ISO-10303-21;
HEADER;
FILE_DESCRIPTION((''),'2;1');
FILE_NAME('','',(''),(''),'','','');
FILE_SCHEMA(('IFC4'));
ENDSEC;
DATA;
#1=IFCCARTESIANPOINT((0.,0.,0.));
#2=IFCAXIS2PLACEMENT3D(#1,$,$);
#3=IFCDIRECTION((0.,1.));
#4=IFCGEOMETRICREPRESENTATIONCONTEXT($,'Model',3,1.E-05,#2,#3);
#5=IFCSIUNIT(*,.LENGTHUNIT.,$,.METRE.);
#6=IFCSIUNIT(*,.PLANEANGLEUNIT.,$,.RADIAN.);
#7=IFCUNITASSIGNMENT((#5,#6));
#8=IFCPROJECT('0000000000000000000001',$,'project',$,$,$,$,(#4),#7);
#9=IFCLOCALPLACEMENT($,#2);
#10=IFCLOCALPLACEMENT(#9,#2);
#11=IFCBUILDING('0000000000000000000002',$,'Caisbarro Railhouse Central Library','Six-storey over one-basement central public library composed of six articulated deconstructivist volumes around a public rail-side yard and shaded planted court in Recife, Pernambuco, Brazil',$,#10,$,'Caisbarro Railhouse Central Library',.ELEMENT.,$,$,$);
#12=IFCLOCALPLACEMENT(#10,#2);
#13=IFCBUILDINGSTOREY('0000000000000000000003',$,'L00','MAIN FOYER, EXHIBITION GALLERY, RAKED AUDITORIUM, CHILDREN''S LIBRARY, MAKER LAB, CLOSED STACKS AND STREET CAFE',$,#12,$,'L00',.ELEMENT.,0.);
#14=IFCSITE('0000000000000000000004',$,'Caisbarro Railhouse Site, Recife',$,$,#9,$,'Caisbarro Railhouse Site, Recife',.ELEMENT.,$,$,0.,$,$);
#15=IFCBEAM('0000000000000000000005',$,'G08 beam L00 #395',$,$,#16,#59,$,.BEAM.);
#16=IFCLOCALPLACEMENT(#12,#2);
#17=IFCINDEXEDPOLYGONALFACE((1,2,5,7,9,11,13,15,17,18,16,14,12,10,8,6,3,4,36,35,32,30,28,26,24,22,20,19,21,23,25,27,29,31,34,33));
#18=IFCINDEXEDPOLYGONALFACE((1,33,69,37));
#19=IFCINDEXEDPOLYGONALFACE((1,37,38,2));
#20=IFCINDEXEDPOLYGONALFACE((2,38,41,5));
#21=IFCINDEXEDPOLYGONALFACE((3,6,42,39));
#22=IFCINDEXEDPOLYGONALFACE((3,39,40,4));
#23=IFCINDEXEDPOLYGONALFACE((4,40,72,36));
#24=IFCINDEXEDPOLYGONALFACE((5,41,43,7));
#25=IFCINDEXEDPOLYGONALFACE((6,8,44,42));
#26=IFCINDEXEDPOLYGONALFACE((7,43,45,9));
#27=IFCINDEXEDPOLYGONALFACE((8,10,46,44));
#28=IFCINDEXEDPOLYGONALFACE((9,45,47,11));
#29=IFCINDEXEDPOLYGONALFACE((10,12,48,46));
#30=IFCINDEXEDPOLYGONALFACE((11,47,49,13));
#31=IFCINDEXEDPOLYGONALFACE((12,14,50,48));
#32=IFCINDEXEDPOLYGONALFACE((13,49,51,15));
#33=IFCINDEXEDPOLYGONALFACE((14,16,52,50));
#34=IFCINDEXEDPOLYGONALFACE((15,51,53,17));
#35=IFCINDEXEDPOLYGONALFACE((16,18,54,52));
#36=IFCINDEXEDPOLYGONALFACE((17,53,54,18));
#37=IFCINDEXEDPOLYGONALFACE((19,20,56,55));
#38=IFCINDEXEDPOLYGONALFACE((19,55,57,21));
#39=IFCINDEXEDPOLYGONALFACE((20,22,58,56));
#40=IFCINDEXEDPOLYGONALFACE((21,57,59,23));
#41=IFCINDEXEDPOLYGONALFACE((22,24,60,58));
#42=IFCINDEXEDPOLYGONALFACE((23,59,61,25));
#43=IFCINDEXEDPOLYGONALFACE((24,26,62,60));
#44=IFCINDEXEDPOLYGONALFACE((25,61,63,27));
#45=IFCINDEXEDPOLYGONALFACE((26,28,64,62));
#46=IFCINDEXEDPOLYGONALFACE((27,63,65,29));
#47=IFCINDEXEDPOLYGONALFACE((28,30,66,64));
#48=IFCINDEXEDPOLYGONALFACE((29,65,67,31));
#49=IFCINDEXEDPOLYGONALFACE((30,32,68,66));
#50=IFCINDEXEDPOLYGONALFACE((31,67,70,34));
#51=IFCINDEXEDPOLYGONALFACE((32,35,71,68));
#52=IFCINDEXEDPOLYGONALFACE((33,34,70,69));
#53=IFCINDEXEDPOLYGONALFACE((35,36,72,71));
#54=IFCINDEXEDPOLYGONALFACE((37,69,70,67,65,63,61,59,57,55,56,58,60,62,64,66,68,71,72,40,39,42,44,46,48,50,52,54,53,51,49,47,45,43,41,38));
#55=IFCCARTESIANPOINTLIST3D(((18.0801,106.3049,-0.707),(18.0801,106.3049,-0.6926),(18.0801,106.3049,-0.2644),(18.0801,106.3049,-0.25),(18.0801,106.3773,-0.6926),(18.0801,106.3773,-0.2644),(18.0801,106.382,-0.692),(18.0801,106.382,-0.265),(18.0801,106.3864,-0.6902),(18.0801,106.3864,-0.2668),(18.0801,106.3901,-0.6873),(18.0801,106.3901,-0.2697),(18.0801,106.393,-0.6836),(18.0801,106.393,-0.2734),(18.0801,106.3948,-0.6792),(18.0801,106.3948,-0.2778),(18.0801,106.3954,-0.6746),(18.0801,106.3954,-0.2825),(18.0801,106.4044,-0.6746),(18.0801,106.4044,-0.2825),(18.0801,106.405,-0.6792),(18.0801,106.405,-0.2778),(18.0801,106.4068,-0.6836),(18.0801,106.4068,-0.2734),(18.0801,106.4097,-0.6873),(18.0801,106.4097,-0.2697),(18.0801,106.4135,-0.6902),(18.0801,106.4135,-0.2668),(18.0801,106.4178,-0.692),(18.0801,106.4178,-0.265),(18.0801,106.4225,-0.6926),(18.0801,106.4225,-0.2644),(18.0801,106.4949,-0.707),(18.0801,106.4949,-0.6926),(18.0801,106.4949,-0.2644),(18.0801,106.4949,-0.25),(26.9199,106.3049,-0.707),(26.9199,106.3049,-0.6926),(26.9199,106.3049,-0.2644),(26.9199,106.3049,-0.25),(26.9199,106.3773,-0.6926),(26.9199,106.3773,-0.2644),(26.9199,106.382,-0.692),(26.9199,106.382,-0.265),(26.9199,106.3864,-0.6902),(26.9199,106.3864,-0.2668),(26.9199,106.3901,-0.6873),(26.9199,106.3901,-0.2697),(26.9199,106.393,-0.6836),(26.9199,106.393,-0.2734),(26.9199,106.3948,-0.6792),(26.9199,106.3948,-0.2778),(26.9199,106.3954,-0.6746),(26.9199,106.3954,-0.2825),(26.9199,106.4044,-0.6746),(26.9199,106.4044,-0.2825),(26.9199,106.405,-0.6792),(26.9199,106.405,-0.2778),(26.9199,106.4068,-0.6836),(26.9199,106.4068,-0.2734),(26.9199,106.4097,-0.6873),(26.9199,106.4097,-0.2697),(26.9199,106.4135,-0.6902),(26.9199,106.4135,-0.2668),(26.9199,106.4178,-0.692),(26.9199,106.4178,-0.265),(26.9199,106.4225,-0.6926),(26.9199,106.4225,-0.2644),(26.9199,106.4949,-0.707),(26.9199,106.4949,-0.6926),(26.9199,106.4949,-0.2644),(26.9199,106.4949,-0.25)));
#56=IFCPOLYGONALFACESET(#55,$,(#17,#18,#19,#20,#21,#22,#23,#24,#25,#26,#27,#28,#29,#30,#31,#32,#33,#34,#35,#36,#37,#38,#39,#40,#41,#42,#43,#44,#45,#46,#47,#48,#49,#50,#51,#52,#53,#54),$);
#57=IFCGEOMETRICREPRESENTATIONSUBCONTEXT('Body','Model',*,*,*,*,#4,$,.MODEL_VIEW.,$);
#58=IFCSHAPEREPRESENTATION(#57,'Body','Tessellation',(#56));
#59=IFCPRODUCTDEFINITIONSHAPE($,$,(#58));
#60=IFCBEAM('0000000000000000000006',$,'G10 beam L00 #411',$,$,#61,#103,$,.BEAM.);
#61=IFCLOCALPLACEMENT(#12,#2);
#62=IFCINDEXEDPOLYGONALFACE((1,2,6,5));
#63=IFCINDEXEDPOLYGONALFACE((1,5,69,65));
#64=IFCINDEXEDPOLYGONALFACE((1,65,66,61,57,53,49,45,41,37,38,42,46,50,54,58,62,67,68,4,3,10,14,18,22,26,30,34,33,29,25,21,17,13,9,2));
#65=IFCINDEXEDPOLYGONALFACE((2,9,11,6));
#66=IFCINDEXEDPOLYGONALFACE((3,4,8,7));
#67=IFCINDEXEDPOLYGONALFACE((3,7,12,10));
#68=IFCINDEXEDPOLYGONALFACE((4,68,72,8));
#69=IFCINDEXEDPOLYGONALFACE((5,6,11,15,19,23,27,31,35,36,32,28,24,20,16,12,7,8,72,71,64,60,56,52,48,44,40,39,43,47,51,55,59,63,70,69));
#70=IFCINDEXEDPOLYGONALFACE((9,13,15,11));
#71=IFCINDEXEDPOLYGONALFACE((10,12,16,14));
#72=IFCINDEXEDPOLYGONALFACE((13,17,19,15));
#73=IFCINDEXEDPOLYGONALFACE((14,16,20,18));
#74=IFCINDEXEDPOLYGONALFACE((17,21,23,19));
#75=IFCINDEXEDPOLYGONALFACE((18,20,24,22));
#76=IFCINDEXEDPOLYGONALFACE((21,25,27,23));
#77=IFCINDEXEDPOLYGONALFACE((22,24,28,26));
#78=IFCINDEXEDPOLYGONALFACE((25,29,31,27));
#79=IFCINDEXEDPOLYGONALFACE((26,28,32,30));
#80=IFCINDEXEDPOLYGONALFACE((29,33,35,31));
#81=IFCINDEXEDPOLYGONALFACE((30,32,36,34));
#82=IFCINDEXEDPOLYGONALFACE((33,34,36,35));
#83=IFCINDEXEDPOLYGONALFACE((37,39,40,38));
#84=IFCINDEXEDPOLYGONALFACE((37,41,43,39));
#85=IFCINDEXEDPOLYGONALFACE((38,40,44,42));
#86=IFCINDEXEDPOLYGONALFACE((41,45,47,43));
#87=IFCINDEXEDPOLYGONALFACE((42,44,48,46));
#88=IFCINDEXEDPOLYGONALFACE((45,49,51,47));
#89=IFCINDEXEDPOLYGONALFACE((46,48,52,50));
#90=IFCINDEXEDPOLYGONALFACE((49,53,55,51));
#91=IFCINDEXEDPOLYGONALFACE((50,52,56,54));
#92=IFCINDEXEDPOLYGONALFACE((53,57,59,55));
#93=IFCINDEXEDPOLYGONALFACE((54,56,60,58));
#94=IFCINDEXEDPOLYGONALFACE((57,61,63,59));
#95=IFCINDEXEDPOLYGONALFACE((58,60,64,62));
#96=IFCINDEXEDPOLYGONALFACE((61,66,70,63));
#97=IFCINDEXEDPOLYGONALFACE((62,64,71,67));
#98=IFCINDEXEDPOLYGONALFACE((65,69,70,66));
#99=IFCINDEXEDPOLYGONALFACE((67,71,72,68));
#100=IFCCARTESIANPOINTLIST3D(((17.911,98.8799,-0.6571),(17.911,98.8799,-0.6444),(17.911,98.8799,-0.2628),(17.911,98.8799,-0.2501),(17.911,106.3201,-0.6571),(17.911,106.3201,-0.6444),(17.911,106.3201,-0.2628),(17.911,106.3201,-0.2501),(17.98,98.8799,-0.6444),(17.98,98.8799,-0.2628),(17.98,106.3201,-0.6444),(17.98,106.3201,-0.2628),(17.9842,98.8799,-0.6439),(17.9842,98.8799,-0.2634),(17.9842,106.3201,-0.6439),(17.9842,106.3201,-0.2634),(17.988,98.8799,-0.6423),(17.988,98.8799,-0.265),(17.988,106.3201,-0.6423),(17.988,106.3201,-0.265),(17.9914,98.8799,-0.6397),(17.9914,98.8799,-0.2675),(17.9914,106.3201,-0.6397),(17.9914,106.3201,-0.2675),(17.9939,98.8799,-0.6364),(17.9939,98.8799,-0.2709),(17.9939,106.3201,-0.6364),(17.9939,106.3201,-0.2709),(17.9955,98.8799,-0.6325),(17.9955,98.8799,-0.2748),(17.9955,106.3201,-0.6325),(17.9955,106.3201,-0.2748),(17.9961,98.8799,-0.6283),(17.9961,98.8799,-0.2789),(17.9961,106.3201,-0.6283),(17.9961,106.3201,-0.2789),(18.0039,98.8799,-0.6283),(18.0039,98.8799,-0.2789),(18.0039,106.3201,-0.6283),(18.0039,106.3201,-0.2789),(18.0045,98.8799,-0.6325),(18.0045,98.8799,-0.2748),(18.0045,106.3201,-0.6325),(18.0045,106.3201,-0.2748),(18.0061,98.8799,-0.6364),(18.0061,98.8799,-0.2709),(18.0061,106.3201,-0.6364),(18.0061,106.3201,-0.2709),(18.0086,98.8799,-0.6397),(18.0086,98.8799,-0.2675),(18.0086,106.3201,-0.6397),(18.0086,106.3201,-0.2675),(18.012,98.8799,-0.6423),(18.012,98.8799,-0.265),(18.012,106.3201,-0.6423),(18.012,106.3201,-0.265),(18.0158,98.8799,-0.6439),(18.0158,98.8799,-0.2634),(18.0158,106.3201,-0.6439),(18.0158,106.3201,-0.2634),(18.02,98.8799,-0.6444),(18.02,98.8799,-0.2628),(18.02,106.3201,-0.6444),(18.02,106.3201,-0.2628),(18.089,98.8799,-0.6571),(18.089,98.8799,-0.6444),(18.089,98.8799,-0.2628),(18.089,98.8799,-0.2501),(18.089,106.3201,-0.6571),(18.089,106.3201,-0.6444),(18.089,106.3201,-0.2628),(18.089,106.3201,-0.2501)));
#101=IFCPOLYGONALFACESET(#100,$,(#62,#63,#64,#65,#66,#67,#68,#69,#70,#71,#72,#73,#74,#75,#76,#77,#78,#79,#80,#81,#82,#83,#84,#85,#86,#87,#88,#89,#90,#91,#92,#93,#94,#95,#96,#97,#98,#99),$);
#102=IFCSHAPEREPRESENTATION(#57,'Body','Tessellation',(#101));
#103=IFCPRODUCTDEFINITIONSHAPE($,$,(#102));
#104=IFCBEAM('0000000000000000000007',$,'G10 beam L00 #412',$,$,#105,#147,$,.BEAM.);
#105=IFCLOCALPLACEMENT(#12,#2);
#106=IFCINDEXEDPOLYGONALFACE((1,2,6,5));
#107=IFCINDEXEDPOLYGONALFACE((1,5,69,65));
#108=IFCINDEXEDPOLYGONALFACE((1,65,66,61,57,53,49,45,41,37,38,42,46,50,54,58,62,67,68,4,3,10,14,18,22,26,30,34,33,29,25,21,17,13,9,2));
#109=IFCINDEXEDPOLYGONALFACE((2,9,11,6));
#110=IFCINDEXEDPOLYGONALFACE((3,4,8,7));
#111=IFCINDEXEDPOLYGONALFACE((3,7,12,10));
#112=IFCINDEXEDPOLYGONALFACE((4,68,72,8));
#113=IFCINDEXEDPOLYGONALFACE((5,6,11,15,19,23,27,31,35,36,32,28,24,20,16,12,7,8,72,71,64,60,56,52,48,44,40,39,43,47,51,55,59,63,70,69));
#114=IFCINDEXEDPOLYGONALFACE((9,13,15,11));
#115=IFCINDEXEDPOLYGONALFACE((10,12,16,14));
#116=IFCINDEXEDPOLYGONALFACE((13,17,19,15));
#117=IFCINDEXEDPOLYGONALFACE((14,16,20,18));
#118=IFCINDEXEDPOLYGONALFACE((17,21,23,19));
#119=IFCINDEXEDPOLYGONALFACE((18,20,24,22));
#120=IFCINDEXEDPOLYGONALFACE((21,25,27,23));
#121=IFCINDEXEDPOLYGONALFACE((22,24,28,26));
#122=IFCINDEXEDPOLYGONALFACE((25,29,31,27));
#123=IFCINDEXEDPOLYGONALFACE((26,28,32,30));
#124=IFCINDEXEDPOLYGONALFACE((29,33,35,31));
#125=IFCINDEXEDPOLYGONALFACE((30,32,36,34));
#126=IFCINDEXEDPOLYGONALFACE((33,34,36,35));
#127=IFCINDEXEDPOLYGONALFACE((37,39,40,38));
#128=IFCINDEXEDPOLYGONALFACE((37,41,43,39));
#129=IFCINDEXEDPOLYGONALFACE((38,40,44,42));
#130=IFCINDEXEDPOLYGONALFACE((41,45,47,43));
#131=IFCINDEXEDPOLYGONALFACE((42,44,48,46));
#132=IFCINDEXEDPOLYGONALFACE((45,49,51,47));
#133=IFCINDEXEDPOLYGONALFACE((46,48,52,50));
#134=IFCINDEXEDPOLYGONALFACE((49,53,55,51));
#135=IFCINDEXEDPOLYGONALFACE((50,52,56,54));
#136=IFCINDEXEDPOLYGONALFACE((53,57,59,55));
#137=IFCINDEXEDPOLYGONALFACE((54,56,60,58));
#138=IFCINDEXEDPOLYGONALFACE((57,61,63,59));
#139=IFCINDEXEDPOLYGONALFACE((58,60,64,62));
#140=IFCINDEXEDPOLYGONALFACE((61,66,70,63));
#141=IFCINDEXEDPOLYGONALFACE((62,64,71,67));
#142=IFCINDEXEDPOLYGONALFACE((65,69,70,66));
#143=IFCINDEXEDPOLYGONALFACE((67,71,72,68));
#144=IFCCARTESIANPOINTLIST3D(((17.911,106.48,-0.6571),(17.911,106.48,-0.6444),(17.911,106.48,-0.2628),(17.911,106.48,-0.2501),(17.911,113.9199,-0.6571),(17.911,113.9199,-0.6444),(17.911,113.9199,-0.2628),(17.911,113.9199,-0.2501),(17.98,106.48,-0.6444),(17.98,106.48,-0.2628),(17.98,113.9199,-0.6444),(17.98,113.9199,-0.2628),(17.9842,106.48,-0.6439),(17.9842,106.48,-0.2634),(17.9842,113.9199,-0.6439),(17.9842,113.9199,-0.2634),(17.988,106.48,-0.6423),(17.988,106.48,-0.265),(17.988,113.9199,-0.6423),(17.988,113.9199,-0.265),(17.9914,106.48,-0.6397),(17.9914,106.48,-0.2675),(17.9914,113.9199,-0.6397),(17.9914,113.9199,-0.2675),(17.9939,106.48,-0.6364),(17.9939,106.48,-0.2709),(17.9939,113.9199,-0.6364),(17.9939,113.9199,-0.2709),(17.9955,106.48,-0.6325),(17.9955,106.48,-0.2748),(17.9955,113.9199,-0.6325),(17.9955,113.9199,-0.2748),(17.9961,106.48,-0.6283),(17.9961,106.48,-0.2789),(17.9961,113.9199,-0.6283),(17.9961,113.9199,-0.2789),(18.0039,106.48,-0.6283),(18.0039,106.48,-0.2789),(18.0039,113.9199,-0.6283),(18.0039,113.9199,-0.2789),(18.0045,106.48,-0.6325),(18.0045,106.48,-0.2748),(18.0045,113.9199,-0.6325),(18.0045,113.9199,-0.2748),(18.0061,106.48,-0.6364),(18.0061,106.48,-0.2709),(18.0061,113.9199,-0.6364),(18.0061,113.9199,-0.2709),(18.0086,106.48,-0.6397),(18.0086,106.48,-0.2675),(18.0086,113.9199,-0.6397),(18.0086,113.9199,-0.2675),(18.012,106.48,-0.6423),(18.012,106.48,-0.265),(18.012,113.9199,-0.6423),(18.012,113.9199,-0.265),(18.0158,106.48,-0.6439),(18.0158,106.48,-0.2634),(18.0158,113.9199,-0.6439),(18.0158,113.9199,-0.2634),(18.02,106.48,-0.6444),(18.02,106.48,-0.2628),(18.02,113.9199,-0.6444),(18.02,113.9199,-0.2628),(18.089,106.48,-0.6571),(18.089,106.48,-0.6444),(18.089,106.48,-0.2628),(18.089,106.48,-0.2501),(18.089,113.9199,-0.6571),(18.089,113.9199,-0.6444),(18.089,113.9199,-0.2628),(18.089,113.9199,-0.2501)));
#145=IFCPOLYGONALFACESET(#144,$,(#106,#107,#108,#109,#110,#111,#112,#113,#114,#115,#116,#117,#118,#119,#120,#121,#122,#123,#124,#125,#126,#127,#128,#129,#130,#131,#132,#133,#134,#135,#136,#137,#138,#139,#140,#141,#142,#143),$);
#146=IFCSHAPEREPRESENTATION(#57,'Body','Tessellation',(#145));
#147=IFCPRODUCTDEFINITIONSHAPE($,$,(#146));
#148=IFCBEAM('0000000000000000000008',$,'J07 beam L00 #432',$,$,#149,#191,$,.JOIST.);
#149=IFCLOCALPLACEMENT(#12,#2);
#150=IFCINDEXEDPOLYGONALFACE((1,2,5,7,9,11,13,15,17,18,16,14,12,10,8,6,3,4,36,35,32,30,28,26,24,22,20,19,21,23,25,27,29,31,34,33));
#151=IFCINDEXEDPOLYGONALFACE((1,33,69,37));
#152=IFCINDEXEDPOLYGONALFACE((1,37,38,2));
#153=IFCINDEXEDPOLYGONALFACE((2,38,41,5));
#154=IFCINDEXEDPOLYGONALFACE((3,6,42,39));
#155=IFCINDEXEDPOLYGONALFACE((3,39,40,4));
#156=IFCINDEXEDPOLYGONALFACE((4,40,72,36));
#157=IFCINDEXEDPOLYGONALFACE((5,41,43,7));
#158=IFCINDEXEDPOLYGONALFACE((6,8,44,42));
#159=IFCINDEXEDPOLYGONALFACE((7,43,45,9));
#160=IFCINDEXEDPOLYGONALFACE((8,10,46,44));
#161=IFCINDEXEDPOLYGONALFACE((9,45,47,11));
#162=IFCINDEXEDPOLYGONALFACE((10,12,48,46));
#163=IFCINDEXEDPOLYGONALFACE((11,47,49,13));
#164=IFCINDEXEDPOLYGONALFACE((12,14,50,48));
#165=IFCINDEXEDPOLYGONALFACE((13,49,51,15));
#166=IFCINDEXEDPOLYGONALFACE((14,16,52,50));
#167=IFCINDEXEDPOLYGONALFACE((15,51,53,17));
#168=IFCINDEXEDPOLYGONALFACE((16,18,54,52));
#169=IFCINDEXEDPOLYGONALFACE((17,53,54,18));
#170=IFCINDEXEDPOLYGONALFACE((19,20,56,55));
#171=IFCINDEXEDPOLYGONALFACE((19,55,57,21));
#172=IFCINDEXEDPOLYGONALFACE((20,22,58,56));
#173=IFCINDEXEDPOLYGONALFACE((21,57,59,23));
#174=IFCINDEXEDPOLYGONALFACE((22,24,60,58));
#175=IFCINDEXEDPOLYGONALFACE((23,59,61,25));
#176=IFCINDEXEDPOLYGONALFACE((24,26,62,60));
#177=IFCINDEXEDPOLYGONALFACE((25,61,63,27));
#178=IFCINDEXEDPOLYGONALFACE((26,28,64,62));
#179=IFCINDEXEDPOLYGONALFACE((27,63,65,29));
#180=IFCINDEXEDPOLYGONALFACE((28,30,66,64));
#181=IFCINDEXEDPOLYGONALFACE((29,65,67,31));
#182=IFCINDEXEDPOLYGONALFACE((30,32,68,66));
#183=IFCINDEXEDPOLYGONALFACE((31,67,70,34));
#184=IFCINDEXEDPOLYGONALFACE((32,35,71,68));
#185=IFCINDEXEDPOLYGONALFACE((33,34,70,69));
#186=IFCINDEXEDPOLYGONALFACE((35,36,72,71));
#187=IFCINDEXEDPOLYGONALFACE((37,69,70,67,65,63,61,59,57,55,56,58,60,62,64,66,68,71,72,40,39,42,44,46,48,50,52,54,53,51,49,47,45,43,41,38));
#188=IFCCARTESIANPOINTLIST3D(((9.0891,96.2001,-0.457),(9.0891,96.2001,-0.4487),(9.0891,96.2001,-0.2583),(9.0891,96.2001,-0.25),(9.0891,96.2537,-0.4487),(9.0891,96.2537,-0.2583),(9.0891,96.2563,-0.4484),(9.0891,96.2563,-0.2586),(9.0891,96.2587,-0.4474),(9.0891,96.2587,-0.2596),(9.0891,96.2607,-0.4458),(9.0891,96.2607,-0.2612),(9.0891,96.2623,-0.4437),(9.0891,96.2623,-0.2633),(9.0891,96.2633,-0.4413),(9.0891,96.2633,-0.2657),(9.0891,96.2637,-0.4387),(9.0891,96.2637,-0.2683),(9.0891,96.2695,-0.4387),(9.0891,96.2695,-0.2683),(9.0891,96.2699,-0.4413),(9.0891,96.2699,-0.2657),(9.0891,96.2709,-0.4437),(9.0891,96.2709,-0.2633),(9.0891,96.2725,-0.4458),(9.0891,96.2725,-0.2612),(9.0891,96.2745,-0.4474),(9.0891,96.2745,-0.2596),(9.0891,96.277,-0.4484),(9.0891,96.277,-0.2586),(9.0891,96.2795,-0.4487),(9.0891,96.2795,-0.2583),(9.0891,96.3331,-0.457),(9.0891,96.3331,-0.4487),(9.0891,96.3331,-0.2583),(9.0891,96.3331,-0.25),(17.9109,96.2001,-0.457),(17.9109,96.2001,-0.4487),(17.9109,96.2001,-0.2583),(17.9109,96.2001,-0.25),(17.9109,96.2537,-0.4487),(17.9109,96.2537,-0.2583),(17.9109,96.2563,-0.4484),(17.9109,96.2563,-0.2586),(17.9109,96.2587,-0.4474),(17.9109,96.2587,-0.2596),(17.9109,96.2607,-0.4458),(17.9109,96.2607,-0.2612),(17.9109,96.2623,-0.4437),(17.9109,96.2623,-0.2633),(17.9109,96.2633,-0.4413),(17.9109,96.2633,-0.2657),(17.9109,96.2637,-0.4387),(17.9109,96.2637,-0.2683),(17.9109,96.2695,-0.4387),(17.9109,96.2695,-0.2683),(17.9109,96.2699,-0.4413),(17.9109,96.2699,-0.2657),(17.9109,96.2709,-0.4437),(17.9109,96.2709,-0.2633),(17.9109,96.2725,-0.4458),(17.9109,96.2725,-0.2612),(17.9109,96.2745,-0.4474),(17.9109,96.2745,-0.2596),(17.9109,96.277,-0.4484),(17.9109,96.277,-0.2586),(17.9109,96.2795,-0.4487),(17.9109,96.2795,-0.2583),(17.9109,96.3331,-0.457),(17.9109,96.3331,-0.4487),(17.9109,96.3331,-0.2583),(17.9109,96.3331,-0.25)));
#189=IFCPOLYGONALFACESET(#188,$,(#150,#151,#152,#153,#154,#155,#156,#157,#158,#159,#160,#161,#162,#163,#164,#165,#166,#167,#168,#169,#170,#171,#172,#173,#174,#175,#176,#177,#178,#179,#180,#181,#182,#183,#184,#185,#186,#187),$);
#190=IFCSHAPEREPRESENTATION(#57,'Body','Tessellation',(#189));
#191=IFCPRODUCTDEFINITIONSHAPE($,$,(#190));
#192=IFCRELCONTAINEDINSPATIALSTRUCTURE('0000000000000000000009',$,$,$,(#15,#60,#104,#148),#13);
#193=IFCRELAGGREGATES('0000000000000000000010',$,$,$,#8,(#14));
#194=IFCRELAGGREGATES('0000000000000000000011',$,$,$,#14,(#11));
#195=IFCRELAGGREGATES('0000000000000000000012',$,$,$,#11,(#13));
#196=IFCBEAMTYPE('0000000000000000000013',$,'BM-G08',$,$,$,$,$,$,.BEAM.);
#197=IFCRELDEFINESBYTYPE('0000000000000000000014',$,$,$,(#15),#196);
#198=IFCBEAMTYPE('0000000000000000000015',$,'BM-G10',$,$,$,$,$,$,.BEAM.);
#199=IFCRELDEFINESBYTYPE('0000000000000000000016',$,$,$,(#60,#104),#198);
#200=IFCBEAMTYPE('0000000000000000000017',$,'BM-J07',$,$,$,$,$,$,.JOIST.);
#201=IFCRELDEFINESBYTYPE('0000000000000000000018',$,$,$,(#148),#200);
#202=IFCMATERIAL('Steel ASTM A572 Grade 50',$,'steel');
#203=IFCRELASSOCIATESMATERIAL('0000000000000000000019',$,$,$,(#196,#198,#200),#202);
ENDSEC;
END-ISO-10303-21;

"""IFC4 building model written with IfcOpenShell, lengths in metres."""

from ifc_helpers import new_model, si_unit, direction, frame, origin, origin_2d, place, context, subcontext, project, spatial, i_section, extrude, material, material_profile, profile_set, type_object, element, save


model = new_model("IFC4")

# Units and contexts
model_context = context("Model", 3, precision=1e-05, world=origin(), true_north=direction((0.0, 1.0)))
body_context = subcontext(model_context, "Body", "Model", "MODEL_VIEW")
ifc_project = project(units=[si_unit("LENGTHUNIT", "METRE"), si_unit("PLANEANGLEUNIT", "RADIAN")], contexts=[model_context])

# Site, building, storey
site_placement = place(None, origin())
site = spatial("IfcSite", under=ifc_project, at=site_placement, Name="Caisbarro Railhouse Site, Recife", LongName="Caisbarro Railhouse Site, Recife", CompositionType="ELEMENT", RefElevation=0.0)
building_placement = place(site_placement, origin())
building = spatial("IfcBuilding", under=site, at=building_placement, Name="Caisbarro Railhouse Central Library", Description="Six-storey over one-basement central public library composed of six articulated deconstructivist volumes around a public rail-side yard and shaded planted court in Recife, Pernambuco, Brazil", LongName="Caisbarro Railhouse Central Library", CompositionType="ELEMENT")
storey_placement = place(building_placement, origin())
storey = spatial("IfcBuildingStorey", under=building, at=storey_placement, Name="L00", Description="MAIN FOYER, EXHIBITION GALLERY, RAKED AUDITORIUM, CHILDREN'S LIBRARY, MAKER LAB, CLOSED STACKS AND STREET CAFE", LongName="L00", CompositionType="ELEMENT", Elevation=0.0)

# Shared definitions
ifc_material_1 = material(Name="Steel ASTM A572 Grade 50", Category="steel")

# Beams
ifc_material_profile_1 = material_profile(ifc_material_1, i_section(OverallWidth=0.1899, OverallDepth=0.457, WebThickness=0.009, FlangeThickness=0.0144, FilletRadius=0.0181, at=origin_2d()), Name="W460X74.0")
ifc_profile_set_1 = profile_set([ifc_material_profile_1], Name="Steel ASTM A572 Grade 50")
beam_type_1 = type_object("IfcBeamType", Name="BM-G08", PredefinedType="BEAM", material=ifc_profile_set_1)
for number, where, z_axis, x_axis, name in (
    (1, (18.0801, 106.3999, -0.4785), (1.0, 0.0, 0.0), (0.0, 1.0, 0.0), "G08 beam L00 #395"),
):
    element("IfcBeam", number, at=place(storey_placement, frame(where, z_axis=z_axis, x_axis=x_axis)), inside=storey, type_object=beam_type_1, Name=name, PredefinedType="BEAM", context=body_context, shape_type="SweptSolid", body=[
        extrude(i_section(OverallWidth=0.1899, OverallDepth=0.457, WebThickness=0.009, FlangeThickness=0.0144, FilletRadius=0.0181, at=origin_2d()), origin(), (0.0, 0.0, 1.0), 8.8398),
    ])
ifc_material_profile_2 = material_profile(ifc_material_1, i_section(OverallWidth=0.178, OverallDepth=0.407, WebThickness=0.0078, FlangeThickness=0.0127, FilletRadius=0.0161, at=origin_2d()), Name="W410X60.0")
ifc_profile_set_2 = profile_set([ifc_material_profile_2], Name="Steel ASTM A572 Grade 50")
beam_type_2 = type_object("IfcBeamType", Name="BM-G10", PredefinedType="BEAM", material=ifc_profile_set_2)
beam_1_placement = place(storey_placement, frame((18.0, 98.8799, -0.4536), z_axis=(0.0, 1.0, 0.0), x_axis=(-1.0, 0.0, 0.0)))
element("IfcBeam", 2, at=beam_1_placement, inside=storey, type_object=beam_type_2, Name="G10 beam L00 #411", PredefinedType="BEAM", context=body_context, shape_type="SweptSolid", body=[
    extrude(i_section(OverallWidth=0.178, OverallDepth=0.407, WebThickness=0.0078, FlangeThickness=0.0127, FilletRadius=0.0161, at=origin_2d()), origin(), (0.0, 0.0, 1.0), 7.4402),
])
beam_2_placement = place(storey_placement, frame((18.0, 106.48, -0.4536), z_axis=(0.0, 1.0, 0.0), x_axis=(-1.0, 0.0, 0.0)))
element("IfcBeam", 3, at=beam_2_placement, inside=storey, type_object=beam_type_2, Name="G10 beam L00 #412", PredefinedType="BEAM", context=body_context, shape_type="SweptSolid", body=[
    extrude(i_section(OverallWidth=0.178, OverallDepth=0.407, WebThickness=0.0078, FlangeThickness=0.0127, FilletRadius=0.0161, at=origin_2d()), origin(), (0.0, 0.0, 1.0), 7.4399),
])
ifc_material_profile_3 = material_profile(ifc_material_1, i_section(OverallWidth=0.1331, OverallDepth=0.207, WebThickness=0.0059, FlangeThickness=0.0083, FilletRadius=0.01, at=origin_2d()), Name="W200X26.6")
ifc_profile_set_3 = profile_set([ifc_material_profile_3], Name="Steel ASTM A572 Grade 50")
beam_type_3 = type_object("IfcBeamType", Name="BM-J07", PredefinedType="JOIST", material=ifc_profile_set_3)
for number, where, z_axis, x_axis, name in (
    (4, (9.0891, 96.2666, -0.3535), (1.0, 0.0, 0.0), (0.0, 1.0, 0.0), "J07 beam L00 #432"),
):
    element("IfcBeam", number, at=place(storey_placement, frame(where, z_axis=z_axis, x_axis=x_axis)), inside=storey, type_object=beam_type_3, Name=name, PredefinedType="JOIST", context=body_context, shape_type="SweptSolid", body=[
        extrude(i_section(OverallWidth=0.1331, OverallDepth=0.207, WebThickness=0.0059, FlangeThickness=0.0083, FilletRadius=0.01, at=origin_2d()), origin(), (0.0, 0.0, 1.0), 8.8218),
    ])

save(model, "model.ifc")
